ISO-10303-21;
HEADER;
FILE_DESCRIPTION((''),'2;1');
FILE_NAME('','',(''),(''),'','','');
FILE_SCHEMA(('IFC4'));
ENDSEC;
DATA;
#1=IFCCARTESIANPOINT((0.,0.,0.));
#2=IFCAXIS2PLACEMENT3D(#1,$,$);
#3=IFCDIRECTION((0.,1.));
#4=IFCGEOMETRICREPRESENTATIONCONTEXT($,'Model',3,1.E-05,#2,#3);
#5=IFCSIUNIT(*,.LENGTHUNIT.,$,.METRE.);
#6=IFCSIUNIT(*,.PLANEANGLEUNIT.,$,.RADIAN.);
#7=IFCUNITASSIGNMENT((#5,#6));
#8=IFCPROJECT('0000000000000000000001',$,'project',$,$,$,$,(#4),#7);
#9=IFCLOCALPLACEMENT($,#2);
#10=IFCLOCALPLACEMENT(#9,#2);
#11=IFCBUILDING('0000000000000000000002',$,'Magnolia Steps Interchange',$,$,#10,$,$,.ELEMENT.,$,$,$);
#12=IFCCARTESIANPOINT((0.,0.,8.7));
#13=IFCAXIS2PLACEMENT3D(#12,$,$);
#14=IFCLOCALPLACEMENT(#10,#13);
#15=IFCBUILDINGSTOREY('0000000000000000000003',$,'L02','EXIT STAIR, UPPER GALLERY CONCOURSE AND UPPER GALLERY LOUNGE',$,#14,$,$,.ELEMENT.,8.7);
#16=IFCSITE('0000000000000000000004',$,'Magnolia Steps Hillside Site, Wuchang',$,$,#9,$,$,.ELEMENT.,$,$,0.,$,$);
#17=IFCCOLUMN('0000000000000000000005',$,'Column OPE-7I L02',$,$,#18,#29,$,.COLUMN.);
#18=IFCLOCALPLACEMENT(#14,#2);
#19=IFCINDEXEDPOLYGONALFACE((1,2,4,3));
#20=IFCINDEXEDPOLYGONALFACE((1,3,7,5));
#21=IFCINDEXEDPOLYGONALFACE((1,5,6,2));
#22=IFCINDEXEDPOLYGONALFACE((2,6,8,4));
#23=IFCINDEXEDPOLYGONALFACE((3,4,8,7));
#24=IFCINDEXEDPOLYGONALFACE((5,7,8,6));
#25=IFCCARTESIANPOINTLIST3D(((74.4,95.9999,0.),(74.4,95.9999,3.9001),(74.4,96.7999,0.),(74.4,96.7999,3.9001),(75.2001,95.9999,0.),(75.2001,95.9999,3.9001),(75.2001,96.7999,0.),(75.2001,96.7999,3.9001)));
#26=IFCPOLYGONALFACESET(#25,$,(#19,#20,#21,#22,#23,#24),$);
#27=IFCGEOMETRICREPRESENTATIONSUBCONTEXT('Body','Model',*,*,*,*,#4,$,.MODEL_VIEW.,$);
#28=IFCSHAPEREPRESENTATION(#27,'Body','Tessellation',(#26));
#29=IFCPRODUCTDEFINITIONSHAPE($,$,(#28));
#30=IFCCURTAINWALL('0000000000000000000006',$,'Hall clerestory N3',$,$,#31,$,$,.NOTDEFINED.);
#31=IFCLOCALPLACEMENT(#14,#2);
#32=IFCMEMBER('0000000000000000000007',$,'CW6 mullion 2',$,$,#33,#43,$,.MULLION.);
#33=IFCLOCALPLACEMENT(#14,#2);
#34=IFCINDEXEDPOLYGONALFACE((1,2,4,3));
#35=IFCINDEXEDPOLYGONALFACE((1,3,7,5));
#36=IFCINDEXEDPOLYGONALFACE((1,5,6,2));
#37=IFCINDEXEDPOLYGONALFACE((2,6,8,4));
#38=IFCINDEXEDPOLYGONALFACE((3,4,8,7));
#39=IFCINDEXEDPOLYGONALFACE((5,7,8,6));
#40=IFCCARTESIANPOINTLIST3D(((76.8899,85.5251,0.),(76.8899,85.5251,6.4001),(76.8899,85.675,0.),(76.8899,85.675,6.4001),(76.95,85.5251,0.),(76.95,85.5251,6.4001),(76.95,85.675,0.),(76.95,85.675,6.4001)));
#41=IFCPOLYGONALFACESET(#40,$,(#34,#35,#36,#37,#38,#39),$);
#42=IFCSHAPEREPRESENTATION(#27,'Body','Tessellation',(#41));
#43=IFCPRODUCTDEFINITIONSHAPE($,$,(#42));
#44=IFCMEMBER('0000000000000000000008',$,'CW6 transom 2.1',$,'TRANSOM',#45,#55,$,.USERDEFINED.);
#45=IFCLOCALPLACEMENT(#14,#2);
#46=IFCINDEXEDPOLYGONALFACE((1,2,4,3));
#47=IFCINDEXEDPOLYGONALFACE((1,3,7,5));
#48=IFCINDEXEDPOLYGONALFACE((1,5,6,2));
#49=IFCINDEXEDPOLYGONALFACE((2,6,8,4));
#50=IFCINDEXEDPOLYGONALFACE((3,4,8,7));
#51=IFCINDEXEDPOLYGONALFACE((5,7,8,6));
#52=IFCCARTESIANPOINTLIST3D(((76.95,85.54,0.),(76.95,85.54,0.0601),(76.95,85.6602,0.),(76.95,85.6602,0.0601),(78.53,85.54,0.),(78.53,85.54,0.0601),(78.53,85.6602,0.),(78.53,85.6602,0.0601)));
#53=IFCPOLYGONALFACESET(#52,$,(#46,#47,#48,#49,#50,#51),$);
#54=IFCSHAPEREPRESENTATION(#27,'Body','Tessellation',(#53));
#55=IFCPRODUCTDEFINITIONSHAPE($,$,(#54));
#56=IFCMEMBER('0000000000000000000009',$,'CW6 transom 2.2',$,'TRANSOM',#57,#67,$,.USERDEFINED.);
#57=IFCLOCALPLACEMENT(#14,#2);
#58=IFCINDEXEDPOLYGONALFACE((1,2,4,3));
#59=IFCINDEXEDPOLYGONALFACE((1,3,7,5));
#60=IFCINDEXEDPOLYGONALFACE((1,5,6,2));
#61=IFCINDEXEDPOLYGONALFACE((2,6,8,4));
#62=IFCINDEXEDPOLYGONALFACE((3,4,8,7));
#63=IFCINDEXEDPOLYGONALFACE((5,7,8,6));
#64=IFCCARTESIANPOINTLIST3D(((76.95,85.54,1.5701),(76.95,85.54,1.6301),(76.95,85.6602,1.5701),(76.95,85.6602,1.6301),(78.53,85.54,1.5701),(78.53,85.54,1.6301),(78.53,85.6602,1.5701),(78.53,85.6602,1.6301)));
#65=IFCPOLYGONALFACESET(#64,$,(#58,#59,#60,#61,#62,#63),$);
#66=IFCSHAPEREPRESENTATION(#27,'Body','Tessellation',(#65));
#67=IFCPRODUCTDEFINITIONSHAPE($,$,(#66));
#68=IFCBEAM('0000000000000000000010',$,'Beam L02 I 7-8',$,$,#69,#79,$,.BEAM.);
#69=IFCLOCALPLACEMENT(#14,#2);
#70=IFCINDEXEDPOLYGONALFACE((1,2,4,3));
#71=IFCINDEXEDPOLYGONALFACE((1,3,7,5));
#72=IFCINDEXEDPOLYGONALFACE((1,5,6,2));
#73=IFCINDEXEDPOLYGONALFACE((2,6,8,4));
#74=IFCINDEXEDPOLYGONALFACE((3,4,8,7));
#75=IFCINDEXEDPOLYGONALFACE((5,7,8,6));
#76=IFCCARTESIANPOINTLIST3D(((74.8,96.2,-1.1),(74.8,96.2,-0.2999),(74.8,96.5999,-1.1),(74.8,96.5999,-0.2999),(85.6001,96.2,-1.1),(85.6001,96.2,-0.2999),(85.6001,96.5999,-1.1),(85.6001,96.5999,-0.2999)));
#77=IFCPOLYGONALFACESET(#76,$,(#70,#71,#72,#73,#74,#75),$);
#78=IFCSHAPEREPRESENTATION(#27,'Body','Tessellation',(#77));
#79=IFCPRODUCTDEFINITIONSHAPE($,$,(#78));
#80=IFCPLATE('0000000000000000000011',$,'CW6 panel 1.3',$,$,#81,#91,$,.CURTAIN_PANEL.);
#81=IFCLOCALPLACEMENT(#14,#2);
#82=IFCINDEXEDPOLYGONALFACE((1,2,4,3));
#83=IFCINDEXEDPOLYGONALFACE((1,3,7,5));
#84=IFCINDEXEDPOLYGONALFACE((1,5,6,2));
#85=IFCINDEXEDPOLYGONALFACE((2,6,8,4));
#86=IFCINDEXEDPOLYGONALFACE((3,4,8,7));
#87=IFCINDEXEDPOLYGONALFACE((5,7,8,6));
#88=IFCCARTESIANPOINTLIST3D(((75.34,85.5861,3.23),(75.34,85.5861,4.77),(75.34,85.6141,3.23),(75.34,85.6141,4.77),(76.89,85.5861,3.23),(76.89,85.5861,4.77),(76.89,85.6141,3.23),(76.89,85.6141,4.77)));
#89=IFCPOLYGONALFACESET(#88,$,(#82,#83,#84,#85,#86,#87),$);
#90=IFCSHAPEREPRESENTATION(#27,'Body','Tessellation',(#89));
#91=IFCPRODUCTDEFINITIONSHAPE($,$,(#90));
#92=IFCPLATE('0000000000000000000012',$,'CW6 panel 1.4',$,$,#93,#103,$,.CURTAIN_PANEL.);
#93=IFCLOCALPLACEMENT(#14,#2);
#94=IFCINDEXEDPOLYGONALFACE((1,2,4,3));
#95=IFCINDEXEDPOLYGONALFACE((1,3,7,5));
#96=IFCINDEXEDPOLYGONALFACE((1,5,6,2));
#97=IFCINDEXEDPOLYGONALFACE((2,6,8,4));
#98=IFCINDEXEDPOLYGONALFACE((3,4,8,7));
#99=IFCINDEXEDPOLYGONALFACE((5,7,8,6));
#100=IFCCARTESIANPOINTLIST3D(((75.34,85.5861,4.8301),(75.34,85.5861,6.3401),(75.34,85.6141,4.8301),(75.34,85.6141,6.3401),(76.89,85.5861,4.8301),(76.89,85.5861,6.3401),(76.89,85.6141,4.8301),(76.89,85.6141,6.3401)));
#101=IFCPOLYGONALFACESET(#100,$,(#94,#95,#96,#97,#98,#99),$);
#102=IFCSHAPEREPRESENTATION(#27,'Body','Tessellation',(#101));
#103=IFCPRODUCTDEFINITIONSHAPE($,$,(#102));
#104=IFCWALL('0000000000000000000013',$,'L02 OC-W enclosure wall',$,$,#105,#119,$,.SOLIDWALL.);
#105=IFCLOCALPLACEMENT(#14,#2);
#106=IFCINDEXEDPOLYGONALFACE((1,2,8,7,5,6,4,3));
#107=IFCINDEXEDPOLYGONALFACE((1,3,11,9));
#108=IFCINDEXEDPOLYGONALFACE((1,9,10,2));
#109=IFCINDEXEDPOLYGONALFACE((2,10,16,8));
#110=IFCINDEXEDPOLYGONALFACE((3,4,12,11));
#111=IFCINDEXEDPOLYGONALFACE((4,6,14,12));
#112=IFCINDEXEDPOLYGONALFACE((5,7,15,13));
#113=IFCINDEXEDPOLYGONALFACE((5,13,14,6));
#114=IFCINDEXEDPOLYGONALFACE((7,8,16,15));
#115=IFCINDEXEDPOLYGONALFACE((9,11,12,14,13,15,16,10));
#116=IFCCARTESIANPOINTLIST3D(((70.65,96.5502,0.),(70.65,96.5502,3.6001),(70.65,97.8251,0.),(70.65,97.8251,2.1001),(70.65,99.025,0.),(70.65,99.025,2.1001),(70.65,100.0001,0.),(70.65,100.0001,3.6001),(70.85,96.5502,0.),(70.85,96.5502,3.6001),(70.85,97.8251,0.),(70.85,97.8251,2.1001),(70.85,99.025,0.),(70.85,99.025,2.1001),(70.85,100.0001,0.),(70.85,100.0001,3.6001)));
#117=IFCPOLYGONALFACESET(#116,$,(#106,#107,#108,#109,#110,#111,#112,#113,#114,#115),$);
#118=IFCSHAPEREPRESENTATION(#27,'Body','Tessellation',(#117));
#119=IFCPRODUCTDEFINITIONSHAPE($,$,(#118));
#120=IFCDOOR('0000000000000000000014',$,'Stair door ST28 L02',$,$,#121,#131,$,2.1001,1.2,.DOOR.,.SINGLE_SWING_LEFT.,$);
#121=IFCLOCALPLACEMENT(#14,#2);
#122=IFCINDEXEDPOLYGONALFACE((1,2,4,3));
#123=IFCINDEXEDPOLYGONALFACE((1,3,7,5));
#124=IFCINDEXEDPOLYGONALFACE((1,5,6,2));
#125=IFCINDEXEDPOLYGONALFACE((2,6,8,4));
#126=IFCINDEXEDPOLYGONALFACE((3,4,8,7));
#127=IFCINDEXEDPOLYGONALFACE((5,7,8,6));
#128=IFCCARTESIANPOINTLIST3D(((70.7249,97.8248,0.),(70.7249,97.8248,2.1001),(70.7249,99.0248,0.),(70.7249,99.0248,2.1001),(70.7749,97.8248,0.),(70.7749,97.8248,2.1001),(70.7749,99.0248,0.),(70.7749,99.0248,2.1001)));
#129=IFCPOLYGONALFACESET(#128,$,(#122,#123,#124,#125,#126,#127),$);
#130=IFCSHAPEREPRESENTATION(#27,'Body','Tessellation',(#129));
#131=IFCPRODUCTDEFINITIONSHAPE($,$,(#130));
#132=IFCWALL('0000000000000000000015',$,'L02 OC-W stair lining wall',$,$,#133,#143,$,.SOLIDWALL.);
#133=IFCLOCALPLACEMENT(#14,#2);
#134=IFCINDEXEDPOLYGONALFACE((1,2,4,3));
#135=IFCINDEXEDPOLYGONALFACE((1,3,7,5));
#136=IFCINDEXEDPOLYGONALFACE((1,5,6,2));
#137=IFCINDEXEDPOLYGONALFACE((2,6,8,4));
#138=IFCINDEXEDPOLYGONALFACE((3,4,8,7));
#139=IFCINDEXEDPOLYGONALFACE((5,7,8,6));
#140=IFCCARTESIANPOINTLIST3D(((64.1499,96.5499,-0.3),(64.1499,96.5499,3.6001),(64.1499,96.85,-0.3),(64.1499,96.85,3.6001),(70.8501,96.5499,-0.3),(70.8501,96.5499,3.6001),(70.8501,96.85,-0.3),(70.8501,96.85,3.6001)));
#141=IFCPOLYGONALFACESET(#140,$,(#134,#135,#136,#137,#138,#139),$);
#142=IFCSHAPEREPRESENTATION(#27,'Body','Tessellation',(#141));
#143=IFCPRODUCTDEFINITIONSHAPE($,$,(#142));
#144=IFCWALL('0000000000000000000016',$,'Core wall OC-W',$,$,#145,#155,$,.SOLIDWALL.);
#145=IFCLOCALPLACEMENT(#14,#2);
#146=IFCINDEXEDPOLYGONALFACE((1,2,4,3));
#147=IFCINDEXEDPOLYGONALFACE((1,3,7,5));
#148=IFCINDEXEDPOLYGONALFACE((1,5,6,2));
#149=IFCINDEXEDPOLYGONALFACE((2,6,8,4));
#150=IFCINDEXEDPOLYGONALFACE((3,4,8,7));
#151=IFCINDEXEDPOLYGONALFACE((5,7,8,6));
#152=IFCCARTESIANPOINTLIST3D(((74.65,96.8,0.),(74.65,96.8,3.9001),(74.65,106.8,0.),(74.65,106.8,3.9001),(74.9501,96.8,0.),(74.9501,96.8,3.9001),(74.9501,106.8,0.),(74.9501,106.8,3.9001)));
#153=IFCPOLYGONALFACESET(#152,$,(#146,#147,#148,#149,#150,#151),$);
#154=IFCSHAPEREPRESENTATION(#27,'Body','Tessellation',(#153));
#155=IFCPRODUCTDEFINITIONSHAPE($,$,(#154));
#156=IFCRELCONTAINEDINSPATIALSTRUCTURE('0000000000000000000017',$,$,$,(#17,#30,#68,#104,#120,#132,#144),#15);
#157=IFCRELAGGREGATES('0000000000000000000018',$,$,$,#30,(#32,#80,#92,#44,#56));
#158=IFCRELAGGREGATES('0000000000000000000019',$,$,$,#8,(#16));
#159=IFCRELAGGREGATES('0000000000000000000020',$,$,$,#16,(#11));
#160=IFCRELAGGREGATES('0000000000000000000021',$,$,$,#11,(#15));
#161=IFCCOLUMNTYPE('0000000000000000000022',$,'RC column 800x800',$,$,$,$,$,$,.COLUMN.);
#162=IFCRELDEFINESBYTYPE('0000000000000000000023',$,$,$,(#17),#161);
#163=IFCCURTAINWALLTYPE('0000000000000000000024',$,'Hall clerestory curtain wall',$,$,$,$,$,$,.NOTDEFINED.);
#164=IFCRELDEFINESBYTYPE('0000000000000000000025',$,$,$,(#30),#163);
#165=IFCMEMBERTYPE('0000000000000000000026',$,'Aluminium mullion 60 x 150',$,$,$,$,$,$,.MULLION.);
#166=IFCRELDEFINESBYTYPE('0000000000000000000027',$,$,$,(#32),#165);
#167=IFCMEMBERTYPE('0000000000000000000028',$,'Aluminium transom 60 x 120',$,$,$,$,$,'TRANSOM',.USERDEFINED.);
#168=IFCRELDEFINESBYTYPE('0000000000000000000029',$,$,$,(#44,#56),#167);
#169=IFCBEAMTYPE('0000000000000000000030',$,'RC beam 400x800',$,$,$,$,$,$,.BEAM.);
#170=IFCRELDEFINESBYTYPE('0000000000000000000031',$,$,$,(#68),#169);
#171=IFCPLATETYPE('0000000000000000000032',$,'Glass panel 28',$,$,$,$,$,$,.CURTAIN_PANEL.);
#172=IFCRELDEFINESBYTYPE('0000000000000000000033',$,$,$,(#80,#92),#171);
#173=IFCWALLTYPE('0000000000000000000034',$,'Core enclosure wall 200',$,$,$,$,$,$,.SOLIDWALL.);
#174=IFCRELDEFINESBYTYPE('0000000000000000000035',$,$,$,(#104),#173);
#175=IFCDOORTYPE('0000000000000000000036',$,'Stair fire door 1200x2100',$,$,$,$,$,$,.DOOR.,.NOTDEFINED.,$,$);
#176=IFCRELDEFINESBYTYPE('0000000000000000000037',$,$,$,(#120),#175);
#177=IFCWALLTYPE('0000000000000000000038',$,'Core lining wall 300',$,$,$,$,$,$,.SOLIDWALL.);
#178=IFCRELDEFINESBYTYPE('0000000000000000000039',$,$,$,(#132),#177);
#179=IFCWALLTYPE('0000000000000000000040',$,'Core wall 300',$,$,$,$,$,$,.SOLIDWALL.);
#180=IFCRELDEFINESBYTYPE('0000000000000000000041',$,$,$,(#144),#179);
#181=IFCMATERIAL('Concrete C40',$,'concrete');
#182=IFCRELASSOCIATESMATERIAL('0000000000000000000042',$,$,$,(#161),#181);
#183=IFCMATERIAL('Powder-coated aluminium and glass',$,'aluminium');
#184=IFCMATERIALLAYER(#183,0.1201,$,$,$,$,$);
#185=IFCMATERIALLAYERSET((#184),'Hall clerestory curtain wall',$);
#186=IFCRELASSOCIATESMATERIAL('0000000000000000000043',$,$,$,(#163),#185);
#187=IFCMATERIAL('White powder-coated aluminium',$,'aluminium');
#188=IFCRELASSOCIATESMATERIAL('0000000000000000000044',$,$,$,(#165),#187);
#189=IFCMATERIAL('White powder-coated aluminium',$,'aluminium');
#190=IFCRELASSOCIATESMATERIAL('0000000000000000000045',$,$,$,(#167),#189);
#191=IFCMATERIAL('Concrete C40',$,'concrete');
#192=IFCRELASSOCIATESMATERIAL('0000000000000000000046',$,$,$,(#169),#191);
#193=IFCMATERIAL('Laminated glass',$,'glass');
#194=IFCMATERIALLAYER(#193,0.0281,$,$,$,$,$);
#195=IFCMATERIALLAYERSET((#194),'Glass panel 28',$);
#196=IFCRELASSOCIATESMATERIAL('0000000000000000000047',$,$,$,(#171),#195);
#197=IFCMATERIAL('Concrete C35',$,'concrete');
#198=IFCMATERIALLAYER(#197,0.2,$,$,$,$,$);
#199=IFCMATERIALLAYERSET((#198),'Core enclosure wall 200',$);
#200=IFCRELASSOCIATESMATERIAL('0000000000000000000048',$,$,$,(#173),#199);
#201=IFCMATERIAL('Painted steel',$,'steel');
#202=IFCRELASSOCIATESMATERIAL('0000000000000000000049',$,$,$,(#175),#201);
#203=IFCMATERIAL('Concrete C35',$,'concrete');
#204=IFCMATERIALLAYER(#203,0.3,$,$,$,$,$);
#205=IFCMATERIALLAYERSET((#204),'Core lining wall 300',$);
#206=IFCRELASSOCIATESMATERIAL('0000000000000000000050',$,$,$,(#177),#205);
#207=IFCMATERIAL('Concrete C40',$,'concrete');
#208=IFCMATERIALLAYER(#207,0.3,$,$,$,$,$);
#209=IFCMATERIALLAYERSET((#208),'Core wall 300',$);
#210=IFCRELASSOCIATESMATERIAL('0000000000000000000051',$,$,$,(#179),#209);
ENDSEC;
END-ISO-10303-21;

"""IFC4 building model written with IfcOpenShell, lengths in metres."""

from ifc_helpers import new_model, si_unit, direction, frame, frame_2d, origin, origin_2d, place, context, subcontext, project, spatial, rectangle, extrude, material, layer, layer_set, material_profile, profile_set, type_object, element, fill, aggregate, save


model = new_model("IFC4")

# Units and contexts
model_context = context("Model", 3, precision=1e-05, world=origin(), true_north=direction((0.0, 1.0)))
body_context = subcontext(model_context, "Body", "Model", "MODEL_VIEW")
ifc_project = project(units=[si_unit("LENGTHUNIT", "METRE"), si_unit("PLANEANGLEUNIT", "RADIAN")], contexts=[model_context])

# Site, building, storey
site_placement = place(None, origin())
site = spatial("IfcSite", under=ifc_project, at=site_placement, Name="Magnolia Steps Hillside Site, Wuchang", CompositionType="ELEMENT", RefElevation=0.0)
building_placement = place(site_placement, origin())
building = spatial("IfcBuilding", under=site, at=building_placement, Name="Magnolia Steps Interchange", CompositionType="ELEMENT")
storey_placement = place(building_placement, frame((0.0, 0.0, 8.7)))
storey = spatial("IfcBuildingStorey", under=building, at=storey_placement, Name="L02", Description="EXIT STAIR, UPPER GALLERY CONCOURSE AND UPPER GALLERY LOUNGE", CompositionType="ELEMENT", Elevation=8.7)

# Column
ifc_material_1 = material(Name="Concrete C40", Category="concrete")
ifc_material_profile_1 = material_profile(ifc_material_1, rectangle(XDim=0.8, YDim=0.8, at=origin_2d()), Name="RC800x800")
ifc_profile_set_1 = profile_set([ifc_material_profile_1], Name="Concrete C40")
column_type = type_object("IfcColumnType", Name="RC column 800x800", PredefinedType="COLUMN", material=ifc_profile_set_1)
column_placement = place(storey_placement, frame((74.8, 96.3999, 0.0), z_axis=(0.0, 0.0, 1.0), x_axis=(1.0, 0.0, 0.0)))
element("IfcColumn", 1, at=column_placement, inside=storey, type_object=column_type, Name="Column OPE-7I L02", PredefinedType="COLUMN", context=body_context, shape_type="SweptSolid", body=[
    extrude(rectangle(XDim=0.8, YDim=0.8, at=origin_2d()), origin(), (0.0, 0.0, 1.0), 3.9001),
])

# Curtain wall, members
ifc_material_2 = material(Name="Powder-coated aluminium and glass", Category="aluminium")
ifc_layer_1 = layer(ifc_material_2, 0.1201)
ifc_layer_set_1 = layer_set([ifc_layer_1], Name="Hall clerestory curtain wall")
curtain_wall_type = type_object("IfcCurtainWallType", Name="Hall clerestory curtain wall", PredefinedType="NOTDEFINED", material=ifc_layer_set_1)
curtain_wall_placement = place(storey_placement, origin())
curtain_wall = element("IfcCurtainWall", 2, at=curtain_wall_placement, inside=storey, type_object=curtain_wall_type, Name="Hall clerestory N3", PredefinedType="NOTDEFINED")
ifc_material_3 = material(Name="White powder-coated aluminium", Category="aluminium")
ifc_material_profile_2 = material_profile(ifc_material_3, rectangle(XDim=0.0601, YDim=0.1499, at=origin_2d()), Name="Aluminium mullion 60 x 150")
ifc_profile_set_2 = profile_set([ifc_material_profile_2], Name="White powder-coated aluminium")
member_type_1 = type_object("IfcMemberType", Name="Aluminium mullion 60 x 150", PredefinedType="MULLION", material=ifc_profile_set_2)
member_1_placement = place(storey_placement, frame((76.9199, 85.6001, 0.0), z_axis=(0.0, 0.0, 1.0), x_axis=(1.0, 0.0, 0.0)))
member_1 = element("IfcMember", 3, at=member_1_placement, type_object=member_type_1, Name="CW6 mullion 2", PredefinedType="MULLION", context=body_context, shape_type="SweptSolid", body=[
    extrude(rectangle(XDim=0.0601, YDim=0.1499, at=origin_2d()), origin(), (0.0, 0.0, 1.0), 6.4001),
])
ifc_material_4 = material(Name="White powder-coated aluminium", Category="aluminium")
ifc_material_profile_3 = material_profile(ifc_material_4, rectangle(XDim=0.0601, YDim=0.1201, at=origin_2d()), Name="Aluminium transom 60 x 120")
ifc_profile_set_3 = profile_set([ifc_material_profile_3], Name="White powder-coated aluminium")
member_type_2 = type_object("IfcMemberType", Name="Aluminium transom 60 x 120", ElementType="TRANSOM", PredefinedType="USERDEFINED", material=ifc_profile_set_3)
member_2_placement = place(storey_placement, frame((76.95, 85.6001, 0.03), z_axis=(1.0, 0.0, 0.0), x_axis=(0.0, 0.0, 1.0)))
member_2 = element("IfcMember", 4, at=member_2_placement, type_object=member_type_2, Name="CW6 transom 2.1", ObjectType="TRANSOM", PredefinedType="USERDEFINED", context=body_context, shape_type="SweptSolid", body=[
    extrude(rectangle(XDim=0.0601, YDim=0.1201, at=origin_2d()), origin(), (0.0, 0.0, 1.0), 1.5801),
])
member_3_placement = place(storey_placement, frame((76.95, 85.6001, 1.6001), z_axis=(1.0, 0.0, 0.0), x_axis=(0.0, 0.0, 1.0)))
member_3 = element("IfcMember", 5, at=member_3_placement, type_object=member_type_2, Name="CW6 transom 2.2", ObjectType="TRANSOM", PredefinedType="USERDEFINED", context=body_context, shape_type="SweptSolid", body=[
    extrude(rectangle(XDim=0.0601, YDim=0.1201, at=origin_2d()), origin(), (0.0, 0.0, 1.0), 1.5801),
])

# Beam
ifc_material_5 = material(Name="Concrete C40", Category="concrete")
ifc_material_profile_4 = material_profile(ifc_material_5, rectangle(XDim=0.3999, YDim=0.8, at=origin_2d()), Name="RC400x800")
ifc_profile_set_4 = profile_set([ifc_material_profile_4], Name="Concrete C40")
beam_type = type_object("IfcBeamType", Name="RC beam 400x800", PredefinedType="BEAM", material=ifc_profile_set_4)
beam_placement = place(storey_placement, frame((74.8, 96.3999, -0.7), z_axis=(1.0, 0.0, 0.0), x_axis=(0.0, 1.0, 0.0)))
element("IfcBeam", 6, at=beam_placement, inside=storey, type_object=beam_type, Name="Beam L02 I 7-8", PredefinedType="BEAM", context=body_context, shape_type="SweptSolid", body=[
    extrude(rectangle(XDim=0.3999, YDim=0.8, at=origin_2d()), origin(), (0.0, 0.0, 1.0), 10.8),
])

# Plates
ifc_material_6 = material(Name="Laminated glass", Category="glass")
ifc_layer_2 = layer(ifc_material_6, 0.0281)
ifc_layer_set_2 = layer_set([ifc_layer_2], Name="Glass panel 28")
plate_type = type_object("IfcPlateType", Name="Glass panel 28", PredefinedType="CURTAIN_PANEL", material=ifc_layer_set_2)
plate_1_placement = place(storey_placement, frame((76.115, 85.6001, 3.23), z_axis=(0.0, 0.0, 1.0), x_axis=(1.0, 0.0, 0.0)))
plate_1 = element("IfcPlate", 7, at=plate_1_placement, type_object=plate_type, Name="CW6 panel 1.3", PredefinedType="CURTAIN_PANEL", context=body_context, shape_type="SweptSolid", body=[
    extrude(rectangle(XDim=1.55, YDim=0.0281, at=origin_2d()), origin(), (0.0, 0.0, 1.0), 1.54),
])
plate_2_placement = place(storey_placement, frame((76.115, 85.6001, 4.8301), z_axis=(0.0, 0.0, 1.0), x_axis=(1.0, 0.0, 0.0)))
plate_2 = element("IfcPlate", 8, at=plate_2_placement, type_object=plate_type, Name="CW6 panel 1.4", PredefinedType="CURTAIN_PANEL", context=body_context, shape_type="SweptSolid", body=[
    extrude(rectangle(XDim=1.55, YDim=0.0281, at=origin_2d()), origin(), (0.0, 0.0, 1.0), 1.51),
])
aggregate(curtain_wall, [member_1, plate_1, plate_2, member_2, member_3])

# Wall, opening, door
ifc_material_7 = material(Name="Concrete C35", Category="concrete")
ifc_layer_3 = layer(ifc_material_7, 0.2)
ifc_layer_set_3 = layer_set([ifc_layer_3], Name="Core enclosure wall 200")
wall_type_1 = type_object("IfcWallType", Name="Core enclosure wall 200", PredefinedType="SOLIDWALL", material=ifc_layer_set_3)
wall_1_placement = place(storey_placement, frame((70.75, 96.55, 0.0), z_axis=(0.0, 0.0, 1.0), x_axis=(0.0, 1.0, 0.0)))
wall_1 = element("IfcWall", 9, at=wall_1_placement, inside=storey, type_object=wall_type_1, Name="L02 OC-W enclosure wall", PredefinedType="SOLIDWALL", context=body_context, shape_type="SweptSolid", body=[
    extrude(rectangle(XDim=3.45, YDim=0.2, at=frame_2d((1.7251, 0.0))), origin(), (0.0, 0.0, 1.0), 3.6001),
])
opening_1_placement = place(wall_1_placement, frame((1.2749, 0.0, 0.0)))
opening_1 = element("IfcOpeningElement", 10, at=opening_1_placement, cuts=wall_1, PredefinedType="OPENING", context=body_context, shape_type="SweptSolid", body=[
    extrude(rectangle(XDim=1.2, YDim=2.1001, at=frame_2d((0.6001, 1.05))), frame((0.0, 0.1099, 0.0), z_axis=(0.0, -1.0, 0.0), x_axis=(1.0, 0.0, 0.0)), (0.0, 0.0, 1.0), 0.22),
])
ifc_material_8 = material(Name="Painted steel", Category="steel")
door_type = type_object("IfcDoorType", Name="Stair fire door 1200x2100", OperationType="NOTDEFINED", PredefinedType="DOOR", material=ifc_material_8)
door_placement = place(opening_1_placement, frame((1.2, 0.0, 0.0), z_axis=(0.0, 0.0, 1.0), x_axis=(-1.0, 0.0, 0.0)))
door = element("IfcDoor", 11, at=door_placement, inside=storey, type_object=door_type, Name="Stair door ST28 L02", OperationType="SINGLE_SWING_LEFT", OverallHeight=2.1001, OverallWidth=1.2, PredefinedType="DOOR", context=body_context, shape_type="SweptSolid", body=[
    extrude(rectangle(XDim=1.2, YDim=2.1001, at=frame_2d((0.6001, 1.05))), frame((0.0, 0.0249, 0.0), z_axis=(0.0, -1.0, 0.0), x_axis=(1.0, 0.0, 0.0)), (0.0, 0.0, 1.0), 0.05),
])
fill(opening_1, door)

# Walls
ifc_material_9 = material(Name="Concrete C35", Category="concrete")
ifc_layer_4 = layer(ifc_material_9, 0.3)
ifc_layer_set_4 = layer_set([ifc_layer_4], Name="Core lining wall 300")
wall_type_2 = type_object("IfcWallType", Name="Core lining wall 300", PredefinedType="SOLIDWALL", material=ifc_layer_set_4)
wall_2_placement = place(storey_placement, frame((70.8501, 96.7, -0.3), z_axis=(0.0, 0.0, 1.0), x_axis=(-1.0, 0.0, 0.0)))
element("IfcWall", 12, at=wall_2_placement, inside=storey, type_object=wall_type_2, Name="L02 OC-W stair lining wall", PredefinedType="SOLIDWALL", context=body_context, shape_type="SweptSolid", body=[
    extrude(rectangle(XDim=6.7002, YDim=0.3, at=frame_2d((3.3501, 0.0))), origin(), (0.0, 0.0, 1.0), 3.9001),
])
ifc_material_10 = material(Name="Concrete C40", Category="concrete")
ifc_layer_5 = layer(ifc_material_10, 0.3)
ifc_layer_set_5 = layer_set([ifc_layer_5], Name="Core wall 300")
wall_type_3 = type_object("IfcWallType", Name="Core wall 300", PredefinedType="SOLIDWALL", material=ifc_layer_set_5)
wall_3_placement = place(storey_placement, frame((74.8, 96.8, 0.0), z_axis=(0.0, 0.0, 1.0), x_axis=(0.0, 1.0, 0.0)))
element("IfcWall", 13, at=wall_3_placement, inside=storey, type_object=wall_type_3, Name="Core wall OC-W", PredefinedType="SOLIDWALL", context=body_context, shape_type="SweptSolid", body=[
    extrude(rectangle(XDim=10.0, YDim=0.3, at=frame_2d((5.0, 0.0))), origin(), (0.0, 0.0, 1.0), 3.9001),
])

save(model, "model.ifc")
